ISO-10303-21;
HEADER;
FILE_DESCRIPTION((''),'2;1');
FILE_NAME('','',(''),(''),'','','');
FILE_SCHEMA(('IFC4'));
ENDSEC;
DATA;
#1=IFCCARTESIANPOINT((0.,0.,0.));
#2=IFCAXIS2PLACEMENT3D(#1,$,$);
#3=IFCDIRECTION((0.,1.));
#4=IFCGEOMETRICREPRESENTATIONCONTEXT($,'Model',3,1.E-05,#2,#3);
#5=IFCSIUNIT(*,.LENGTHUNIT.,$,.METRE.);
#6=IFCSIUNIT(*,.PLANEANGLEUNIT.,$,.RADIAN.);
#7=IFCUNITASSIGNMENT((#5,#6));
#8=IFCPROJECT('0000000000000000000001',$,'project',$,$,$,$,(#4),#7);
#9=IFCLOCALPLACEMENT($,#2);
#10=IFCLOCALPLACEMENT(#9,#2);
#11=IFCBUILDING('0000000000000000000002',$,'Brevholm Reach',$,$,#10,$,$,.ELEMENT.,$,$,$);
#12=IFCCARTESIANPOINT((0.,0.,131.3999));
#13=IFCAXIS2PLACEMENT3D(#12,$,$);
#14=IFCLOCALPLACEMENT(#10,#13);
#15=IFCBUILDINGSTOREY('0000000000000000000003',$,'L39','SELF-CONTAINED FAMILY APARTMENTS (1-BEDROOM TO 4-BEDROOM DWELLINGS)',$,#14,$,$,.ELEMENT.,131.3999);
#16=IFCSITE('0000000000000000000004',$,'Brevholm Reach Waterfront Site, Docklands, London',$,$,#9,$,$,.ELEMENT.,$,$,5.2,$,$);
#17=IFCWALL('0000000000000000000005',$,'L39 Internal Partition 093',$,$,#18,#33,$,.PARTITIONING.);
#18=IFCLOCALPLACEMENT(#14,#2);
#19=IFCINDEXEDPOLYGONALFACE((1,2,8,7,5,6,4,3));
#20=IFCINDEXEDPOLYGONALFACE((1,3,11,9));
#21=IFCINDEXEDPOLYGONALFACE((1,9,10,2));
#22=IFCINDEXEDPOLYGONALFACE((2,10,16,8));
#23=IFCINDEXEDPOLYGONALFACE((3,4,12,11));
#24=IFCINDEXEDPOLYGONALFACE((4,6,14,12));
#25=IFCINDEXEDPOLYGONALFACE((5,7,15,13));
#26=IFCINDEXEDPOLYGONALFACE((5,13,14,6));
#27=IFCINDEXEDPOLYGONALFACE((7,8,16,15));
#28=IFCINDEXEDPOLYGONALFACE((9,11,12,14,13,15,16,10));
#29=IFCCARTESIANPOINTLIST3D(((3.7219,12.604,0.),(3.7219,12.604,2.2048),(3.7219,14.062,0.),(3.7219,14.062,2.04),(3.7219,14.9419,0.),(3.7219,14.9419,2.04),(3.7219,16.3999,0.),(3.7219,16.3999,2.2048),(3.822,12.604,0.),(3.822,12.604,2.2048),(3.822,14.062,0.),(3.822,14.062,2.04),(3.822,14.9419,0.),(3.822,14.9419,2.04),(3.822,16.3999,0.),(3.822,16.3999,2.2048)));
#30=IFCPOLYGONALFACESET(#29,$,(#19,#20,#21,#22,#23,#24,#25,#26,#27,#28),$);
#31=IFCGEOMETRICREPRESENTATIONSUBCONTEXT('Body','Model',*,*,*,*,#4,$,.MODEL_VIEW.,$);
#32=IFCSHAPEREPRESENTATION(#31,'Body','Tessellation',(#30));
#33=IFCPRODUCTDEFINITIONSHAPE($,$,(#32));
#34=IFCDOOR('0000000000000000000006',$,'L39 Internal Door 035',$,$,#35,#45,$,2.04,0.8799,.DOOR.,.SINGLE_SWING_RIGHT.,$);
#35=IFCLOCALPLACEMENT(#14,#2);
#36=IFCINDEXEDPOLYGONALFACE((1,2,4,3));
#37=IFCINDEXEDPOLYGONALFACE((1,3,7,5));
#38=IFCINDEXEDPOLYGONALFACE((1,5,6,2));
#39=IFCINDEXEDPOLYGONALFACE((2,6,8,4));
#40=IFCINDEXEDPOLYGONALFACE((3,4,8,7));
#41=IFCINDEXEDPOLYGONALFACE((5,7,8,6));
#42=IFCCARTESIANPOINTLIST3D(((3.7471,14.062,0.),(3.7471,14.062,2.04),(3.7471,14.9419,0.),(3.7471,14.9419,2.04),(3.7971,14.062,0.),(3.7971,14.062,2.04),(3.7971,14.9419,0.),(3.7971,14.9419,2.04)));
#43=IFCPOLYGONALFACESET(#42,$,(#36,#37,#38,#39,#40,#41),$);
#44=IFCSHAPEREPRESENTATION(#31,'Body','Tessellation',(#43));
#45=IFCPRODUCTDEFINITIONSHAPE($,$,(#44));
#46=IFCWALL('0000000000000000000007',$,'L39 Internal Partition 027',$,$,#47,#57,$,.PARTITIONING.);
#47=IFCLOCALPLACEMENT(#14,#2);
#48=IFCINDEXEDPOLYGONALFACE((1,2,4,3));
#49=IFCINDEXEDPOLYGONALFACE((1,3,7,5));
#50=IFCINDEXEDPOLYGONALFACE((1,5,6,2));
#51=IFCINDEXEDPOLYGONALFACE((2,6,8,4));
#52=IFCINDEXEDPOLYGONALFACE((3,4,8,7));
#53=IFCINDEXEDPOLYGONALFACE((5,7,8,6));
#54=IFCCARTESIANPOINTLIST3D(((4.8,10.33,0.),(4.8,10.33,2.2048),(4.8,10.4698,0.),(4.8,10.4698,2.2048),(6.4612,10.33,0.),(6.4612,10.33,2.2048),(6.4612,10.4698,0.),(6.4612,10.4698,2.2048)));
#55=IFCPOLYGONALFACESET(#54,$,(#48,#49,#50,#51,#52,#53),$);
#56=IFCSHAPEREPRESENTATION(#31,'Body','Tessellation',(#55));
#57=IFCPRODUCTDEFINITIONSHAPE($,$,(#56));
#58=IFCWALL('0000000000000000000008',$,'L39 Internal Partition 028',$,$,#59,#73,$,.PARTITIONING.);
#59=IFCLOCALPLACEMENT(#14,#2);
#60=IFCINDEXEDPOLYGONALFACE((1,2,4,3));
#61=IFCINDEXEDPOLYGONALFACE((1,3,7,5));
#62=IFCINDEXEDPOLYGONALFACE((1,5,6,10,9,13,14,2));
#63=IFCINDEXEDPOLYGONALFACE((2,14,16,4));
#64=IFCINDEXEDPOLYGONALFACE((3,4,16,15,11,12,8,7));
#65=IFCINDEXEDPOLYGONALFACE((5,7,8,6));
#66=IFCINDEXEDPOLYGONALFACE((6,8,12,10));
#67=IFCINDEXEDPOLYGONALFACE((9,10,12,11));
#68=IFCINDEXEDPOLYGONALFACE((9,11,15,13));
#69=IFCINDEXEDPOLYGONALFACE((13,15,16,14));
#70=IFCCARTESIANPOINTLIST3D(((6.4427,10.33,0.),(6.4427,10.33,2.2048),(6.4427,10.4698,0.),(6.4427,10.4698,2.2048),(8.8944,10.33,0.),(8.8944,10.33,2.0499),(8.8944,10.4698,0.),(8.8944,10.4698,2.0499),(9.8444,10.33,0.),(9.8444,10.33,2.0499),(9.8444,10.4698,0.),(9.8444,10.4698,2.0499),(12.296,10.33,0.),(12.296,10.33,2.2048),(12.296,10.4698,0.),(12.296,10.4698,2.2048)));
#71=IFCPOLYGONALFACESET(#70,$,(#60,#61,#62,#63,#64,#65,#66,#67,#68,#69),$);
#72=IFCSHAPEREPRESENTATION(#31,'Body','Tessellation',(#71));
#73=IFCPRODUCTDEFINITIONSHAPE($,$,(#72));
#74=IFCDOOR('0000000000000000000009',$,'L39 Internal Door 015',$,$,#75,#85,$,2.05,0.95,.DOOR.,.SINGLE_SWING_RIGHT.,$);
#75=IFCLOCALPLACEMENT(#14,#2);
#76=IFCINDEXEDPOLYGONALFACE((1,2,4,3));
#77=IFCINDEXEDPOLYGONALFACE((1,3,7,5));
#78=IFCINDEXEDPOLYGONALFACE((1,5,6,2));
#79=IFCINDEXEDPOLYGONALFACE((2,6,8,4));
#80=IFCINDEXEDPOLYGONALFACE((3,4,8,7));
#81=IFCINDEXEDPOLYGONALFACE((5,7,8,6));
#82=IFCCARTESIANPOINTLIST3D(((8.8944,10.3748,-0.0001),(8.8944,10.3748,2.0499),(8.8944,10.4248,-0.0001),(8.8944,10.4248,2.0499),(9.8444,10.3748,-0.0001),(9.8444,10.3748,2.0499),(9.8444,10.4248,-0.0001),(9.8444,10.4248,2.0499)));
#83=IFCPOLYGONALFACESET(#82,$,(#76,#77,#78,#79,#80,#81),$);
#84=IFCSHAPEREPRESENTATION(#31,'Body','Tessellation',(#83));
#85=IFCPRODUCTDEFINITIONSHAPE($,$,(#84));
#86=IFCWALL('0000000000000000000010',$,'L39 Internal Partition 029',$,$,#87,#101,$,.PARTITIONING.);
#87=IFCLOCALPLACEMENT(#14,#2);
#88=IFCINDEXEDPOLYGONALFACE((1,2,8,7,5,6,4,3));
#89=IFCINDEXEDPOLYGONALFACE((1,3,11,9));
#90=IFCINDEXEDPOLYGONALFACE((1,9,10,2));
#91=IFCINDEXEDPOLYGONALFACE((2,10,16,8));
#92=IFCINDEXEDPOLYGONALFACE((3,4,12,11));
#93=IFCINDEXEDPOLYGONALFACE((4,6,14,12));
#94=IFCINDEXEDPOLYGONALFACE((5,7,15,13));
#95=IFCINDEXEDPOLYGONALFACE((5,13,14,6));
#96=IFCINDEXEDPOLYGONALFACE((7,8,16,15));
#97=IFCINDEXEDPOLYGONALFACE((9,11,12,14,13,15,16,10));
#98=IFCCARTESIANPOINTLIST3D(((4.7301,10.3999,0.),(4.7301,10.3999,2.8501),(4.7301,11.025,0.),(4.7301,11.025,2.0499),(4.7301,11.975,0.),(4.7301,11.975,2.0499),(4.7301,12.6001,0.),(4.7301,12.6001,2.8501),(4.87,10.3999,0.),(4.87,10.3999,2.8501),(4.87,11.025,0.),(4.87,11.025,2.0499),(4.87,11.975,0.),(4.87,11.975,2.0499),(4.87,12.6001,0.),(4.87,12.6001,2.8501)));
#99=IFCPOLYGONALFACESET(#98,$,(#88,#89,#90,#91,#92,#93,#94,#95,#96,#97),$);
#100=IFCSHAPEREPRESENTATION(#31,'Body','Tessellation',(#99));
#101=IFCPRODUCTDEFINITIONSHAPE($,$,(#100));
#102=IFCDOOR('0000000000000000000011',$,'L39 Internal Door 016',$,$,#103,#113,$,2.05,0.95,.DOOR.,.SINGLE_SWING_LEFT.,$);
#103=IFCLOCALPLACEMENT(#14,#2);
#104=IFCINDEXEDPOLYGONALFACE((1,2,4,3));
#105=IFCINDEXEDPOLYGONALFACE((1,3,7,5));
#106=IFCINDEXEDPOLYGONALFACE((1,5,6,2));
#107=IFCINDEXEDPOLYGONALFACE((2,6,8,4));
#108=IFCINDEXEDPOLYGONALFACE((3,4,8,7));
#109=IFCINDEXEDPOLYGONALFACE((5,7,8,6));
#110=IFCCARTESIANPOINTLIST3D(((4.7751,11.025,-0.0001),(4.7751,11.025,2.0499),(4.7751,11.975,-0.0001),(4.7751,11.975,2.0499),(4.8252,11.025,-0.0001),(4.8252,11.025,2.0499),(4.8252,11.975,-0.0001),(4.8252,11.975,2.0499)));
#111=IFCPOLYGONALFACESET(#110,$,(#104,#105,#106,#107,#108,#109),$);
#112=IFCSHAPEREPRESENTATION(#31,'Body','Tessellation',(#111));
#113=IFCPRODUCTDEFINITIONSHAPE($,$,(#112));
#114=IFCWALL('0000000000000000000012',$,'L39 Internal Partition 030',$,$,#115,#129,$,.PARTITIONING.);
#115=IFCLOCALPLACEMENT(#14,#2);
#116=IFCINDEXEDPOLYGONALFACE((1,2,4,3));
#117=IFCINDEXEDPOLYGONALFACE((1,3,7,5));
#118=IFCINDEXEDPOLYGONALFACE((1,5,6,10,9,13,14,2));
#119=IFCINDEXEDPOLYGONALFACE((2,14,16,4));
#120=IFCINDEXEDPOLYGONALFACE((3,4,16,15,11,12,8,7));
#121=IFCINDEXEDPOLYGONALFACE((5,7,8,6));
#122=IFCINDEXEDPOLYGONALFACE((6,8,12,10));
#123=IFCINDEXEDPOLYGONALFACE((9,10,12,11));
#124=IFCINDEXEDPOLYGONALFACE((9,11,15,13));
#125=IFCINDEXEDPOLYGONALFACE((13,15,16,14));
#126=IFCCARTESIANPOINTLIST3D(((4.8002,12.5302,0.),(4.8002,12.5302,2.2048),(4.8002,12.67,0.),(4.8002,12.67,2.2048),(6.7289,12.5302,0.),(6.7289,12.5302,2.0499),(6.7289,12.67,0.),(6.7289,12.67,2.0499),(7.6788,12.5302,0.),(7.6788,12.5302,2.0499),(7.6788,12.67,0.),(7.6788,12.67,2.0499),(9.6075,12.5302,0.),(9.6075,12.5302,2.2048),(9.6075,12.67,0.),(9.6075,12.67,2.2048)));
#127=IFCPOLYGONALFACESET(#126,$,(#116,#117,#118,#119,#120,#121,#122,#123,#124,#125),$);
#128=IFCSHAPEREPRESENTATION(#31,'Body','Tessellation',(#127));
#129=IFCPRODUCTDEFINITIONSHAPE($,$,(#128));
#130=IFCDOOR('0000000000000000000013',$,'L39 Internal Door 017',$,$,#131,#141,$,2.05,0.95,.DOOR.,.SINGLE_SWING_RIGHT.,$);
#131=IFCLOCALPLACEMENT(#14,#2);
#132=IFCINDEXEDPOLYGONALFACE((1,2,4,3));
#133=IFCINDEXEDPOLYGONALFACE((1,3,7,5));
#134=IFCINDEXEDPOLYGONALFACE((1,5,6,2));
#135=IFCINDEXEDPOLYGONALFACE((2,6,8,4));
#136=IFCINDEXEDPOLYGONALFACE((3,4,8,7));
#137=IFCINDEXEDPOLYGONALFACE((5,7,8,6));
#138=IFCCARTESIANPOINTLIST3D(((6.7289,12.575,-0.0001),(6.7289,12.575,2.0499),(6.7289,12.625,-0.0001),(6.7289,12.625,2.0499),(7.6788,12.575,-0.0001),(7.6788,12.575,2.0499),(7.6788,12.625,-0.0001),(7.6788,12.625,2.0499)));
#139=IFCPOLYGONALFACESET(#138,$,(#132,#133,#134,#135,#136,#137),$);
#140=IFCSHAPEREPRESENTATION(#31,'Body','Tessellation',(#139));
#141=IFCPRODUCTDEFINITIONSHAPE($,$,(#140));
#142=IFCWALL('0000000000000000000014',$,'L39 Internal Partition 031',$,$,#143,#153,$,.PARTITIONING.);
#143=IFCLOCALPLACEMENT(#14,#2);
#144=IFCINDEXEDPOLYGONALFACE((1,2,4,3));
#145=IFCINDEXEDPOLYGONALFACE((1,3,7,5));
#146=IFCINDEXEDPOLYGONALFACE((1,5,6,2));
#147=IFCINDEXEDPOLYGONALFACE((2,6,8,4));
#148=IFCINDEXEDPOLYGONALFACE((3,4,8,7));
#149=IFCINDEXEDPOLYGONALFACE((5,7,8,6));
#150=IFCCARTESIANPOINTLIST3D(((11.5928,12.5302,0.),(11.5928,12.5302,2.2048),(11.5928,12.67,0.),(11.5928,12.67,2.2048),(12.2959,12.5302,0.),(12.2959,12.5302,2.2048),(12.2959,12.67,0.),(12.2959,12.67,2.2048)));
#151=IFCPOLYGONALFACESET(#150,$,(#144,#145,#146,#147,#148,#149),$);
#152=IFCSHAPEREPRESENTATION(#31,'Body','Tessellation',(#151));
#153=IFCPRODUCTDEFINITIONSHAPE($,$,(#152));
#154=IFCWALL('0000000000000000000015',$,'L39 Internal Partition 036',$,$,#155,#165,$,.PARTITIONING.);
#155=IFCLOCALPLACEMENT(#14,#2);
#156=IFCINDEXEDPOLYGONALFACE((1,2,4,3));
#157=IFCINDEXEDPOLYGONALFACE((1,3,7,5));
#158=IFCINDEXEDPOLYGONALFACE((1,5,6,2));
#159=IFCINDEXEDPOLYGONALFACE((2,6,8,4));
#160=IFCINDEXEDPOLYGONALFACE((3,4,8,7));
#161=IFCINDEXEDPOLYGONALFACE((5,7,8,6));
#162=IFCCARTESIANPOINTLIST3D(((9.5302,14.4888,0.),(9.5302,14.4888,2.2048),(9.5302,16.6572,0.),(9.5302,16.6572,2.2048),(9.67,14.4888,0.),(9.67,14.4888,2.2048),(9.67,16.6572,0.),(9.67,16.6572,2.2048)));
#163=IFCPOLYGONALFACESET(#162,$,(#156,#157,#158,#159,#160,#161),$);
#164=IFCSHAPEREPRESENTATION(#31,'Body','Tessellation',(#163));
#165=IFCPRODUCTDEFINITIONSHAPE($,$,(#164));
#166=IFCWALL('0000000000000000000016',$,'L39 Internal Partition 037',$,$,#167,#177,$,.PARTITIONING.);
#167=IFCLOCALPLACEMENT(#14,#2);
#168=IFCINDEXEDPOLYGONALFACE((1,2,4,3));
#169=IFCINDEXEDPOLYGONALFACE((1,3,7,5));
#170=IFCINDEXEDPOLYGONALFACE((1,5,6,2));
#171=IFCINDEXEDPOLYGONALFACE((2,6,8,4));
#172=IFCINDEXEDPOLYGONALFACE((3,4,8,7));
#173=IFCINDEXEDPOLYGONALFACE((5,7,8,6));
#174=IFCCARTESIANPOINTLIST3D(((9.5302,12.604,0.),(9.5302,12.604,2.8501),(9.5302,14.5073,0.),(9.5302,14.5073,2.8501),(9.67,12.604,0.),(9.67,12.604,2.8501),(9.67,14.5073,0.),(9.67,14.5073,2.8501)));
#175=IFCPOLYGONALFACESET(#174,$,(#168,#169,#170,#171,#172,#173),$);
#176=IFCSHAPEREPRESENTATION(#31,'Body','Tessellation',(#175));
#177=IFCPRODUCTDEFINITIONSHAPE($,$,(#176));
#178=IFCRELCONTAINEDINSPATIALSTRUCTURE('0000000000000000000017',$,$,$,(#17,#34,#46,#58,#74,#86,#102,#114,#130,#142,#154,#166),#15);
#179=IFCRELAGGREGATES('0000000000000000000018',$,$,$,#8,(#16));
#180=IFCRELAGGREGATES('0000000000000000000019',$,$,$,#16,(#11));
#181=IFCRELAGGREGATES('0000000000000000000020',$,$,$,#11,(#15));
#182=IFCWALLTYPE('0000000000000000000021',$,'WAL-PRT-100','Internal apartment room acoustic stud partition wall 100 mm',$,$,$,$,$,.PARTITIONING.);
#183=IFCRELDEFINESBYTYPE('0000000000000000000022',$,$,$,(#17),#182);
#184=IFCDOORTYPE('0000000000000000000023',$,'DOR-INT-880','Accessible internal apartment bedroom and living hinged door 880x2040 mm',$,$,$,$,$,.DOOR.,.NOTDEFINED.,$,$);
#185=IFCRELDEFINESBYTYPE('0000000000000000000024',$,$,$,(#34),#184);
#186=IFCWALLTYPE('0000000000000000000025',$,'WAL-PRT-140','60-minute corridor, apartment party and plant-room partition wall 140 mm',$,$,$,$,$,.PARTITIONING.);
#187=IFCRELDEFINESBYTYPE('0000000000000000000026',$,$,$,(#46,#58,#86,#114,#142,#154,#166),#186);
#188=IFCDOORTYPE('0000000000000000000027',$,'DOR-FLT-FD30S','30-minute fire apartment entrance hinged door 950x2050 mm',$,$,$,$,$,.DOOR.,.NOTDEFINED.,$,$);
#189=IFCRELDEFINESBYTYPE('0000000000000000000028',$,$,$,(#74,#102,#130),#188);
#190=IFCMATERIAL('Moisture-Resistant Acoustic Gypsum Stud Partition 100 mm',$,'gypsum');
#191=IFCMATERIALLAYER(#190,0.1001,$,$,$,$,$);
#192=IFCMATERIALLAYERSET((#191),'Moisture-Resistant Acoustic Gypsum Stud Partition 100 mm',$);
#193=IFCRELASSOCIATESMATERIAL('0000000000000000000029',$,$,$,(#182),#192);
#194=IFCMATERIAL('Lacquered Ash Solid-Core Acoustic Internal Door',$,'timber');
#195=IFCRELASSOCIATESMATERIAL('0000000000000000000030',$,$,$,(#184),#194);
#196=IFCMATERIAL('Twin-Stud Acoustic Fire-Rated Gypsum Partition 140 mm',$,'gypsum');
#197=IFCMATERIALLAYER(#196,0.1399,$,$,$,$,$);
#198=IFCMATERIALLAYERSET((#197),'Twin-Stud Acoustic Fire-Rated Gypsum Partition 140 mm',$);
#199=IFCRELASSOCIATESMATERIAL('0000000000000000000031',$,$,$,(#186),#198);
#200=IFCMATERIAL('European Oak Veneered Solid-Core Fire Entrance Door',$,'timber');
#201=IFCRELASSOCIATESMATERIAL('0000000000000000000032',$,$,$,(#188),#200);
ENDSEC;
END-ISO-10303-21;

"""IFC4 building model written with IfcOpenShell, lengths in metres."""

from ifc_helpers import new_model, si_unit, direction, frame, frame_2d, origin, place, context, subcontext, project, spatial, rectangle, extrude, material, layer, layer_set, type_object, element, fill, save


model = new_model("IFC4")

# Units and contexts
model_context = context("Model", 3, precision=1e-05, world=origin(), true_north=direction((0.0, 1.0)))
body_context = subcontext(model_context, "Body", "Model", "MODEL_VIEW")
ifc_project = project(units=[si_unit("LENGTHUNIT", "METRE"), si_unit("PLANEANGLEUNIT", "RADIAN")], contexts=[model_context])

# Site, building, storey
site_placement = place(None, origin())
site = spatial("IfcSite", under=ifc_project, at=site_placement, Name="Brevholm Reach Waterfront Site, Docklands, London", CompositionType="ELEMENT", RefElevation=5.2)
building_placement = place(site_placement, origin())
building = spatial("IfcBuilding", under=site, at=building_placement, Name="Brevholm Reach", CompositionType="ELEMENT")
storey_placement = place(building_placement, frame((0.0, 0.0, 131.3999)))
storey = spatial("IfcBuildingStorey", under=building, at=storey_placement, Name="L39", Description="SELF-CONTAINED FAMILY APARTMENTS (1-BEDROOM TO 4-BEDROOM DWELLINGS)", CompositionType="ELEMENT", Elevation=131.3999)

# Shared definitions
ifc_material_1 = material(Name="Moisture-Resistant Acoustic Gypsum Stud Partition 100 mm", Category="gypsum")
ifc_layer_1 = layer(ifc_material_1, 0.1001)
ifc_layer_set_1 = layer_set([ifc_layer_1], Name="Moisture-Resistant Acoustic Gypsum Stud Partition 100 mm")
wall_type_1 = type_object("IfcWallType", Name="WAL-PRT-100", Description="Internal apartment room acoustic stud partition wall 100 mm", PredefinedType="PARTITIONING", material=ifc_layer_set_1)
ifc_material_2 = material(Name="Lacquered Ash Solid-Core Acoustic Internal Door", Category="timber")
door_type_1 = type_object("IfcDoorType", Name="DOR-INT-880", Description="Accessible internal apartment bedroom and living hinged door 880x2040 mm", OperationType="NOTDEFINED", PredefinedType="DOOR", material=ifc_material_2)

# Wall, opening, door
wall_1_placement = place(storey_placement, frame((3.772, 12.604, 0.0), z_axis=(0.0, 0.0, 1.0), x_axis=(0.0, 1.0, 0.0)))
wall_1 = element("IfcWall", 1, at=wall_1_placement, inside=storey, type_object=wall_type_1, Name="L39 Internal Partition 093", PredefinedType="PARTITIONING", context=body_context, shape_type="SweptSolid", body=[
    extrude(rectangle(XDim=3.7959, YDim=0.1001, at=frame_2d((1.8979, 0.0))), origin(), (0.0, 0.0, 1.0), 2.2048),
])
opening_1_placement = place(wall_1_placement, frame((1.458, 0.0, 0.0)))
opening_1 = element("IfcOpeningElement", 2, at=opening_1_placement, cuts=wall_1, PredefinedType="OPENING", context=body_context, shape_type="SweptSolid", body=[
    extrude(rectangle(XDim=0.8799, YDim=2.04, at=frame_2d((0.4399, 1.02))), frame((0.0, 0.0601, 0.0), z_axis=(0.0, -1.0, 0.0), x_axis=(1.0, 0.0, 0.0)), (0.0, 0.0, 1.0), 0.1201),
])
door_1_placement = place(opening_1_placement, origin())
door_1 = element("IfcDoor", 3, at=door_1_placement, inside=storey, type_object=door_type_1, Name="L39 Internal Door 035", OperationType="SINGLE_SWING_RIGHT", OverallHeight=2.04, OverallWidth=0.8799, PredefinedType="DOOR", context=body_context, shape_type="SweptSolid", body=[
    extrude(rectangle(XDim=0.8799, YDim=2.04, at=frame_2d((0.4399, 1.02))), frame((0.0, 0.0249, 0.0), z_axis=(0.0, -1.0, 0.0), x_axis=(1.0, 0.0, 0.0)), (0.0, 0.0, 1.0), 0.05),
])
fill(opening_1, door_1)

# Wall
ifc_material_3 = material(Name="Twin-Stud Acoustic Fire-Rated Gypsum Partition 140 mm", Category="gypsum")
ifc_layer_2 = layer(ifc_material_3, 0.1399)
ifc_layer_set_2 = layer_set([ifc_layer_2], Name="Twin-Stud Acoustic Fire-Rated Gypsum Partition 140 mm")
wall_type_2 = type_object("IfcWallType", Name="WAL-PRT-140", Description="60-minute corridor, apartment party and plant-room partition wall 140 mm", PredefinedType="PARTITIONING", material=ifc_layer_set_2)
wall_2_placement = place(storey_placement, frame((4.8, 10.3999, 0.0), z_axis=(0.0, 0.0, 1.0), x_axis=(1.0, 0.0, 0.0)))
element("IfcWall", 4, at=wall_2_placement, inside=storey, type_object=wall_type_2, Name="L39 Internal Partition 027", PredefinedType="PARTITIONING", context=body_context, shape_type="SweptSolid", body=[
    extrude(rectangle(XDim=1.6611, YDim=0.1399, at=frame_2d((0.8306, 0.0))), origin(), (0.0, 0.0, 1.0), 2.2048),
])

# Walls, openings, doors
wall_3_placement = place(storey_placement, frame((6.4426, 10.3999, 0.0), z_axis=(0.0, 0.0, 1.0), x_axis=(1.0, 0.0, 0.0)))
wall_3 = element("IfcWall", 5, at=wall_3_placement, inside=storey, type_object=wall_type_2, Name="L39 Internal Partition 028", PredefinedType="PARTITIONING", context=body_context, shape_type="SweptSolid", body=[
    extrude(rectangle(XDim=5.8533, YDim=0.1399, at=frame_2d((2.9268, 0.0))), origin(), (0.0, 0.0, 1.0), 2.2048),
])
opening_2_placement = place(wall_3_placement, frame((2.4517, 0.0, 0.0)))
opening_2 = element("IfcOpeningElement", 6, at=opening_2_placement, cuts=wall_3, PredefinedType="OPENING", context=body_context, shape_type="SweptSolid", body=[
    extrude(rectangle(XDim=0.95, YDim=2.05, at=frame_2d((0.4751, 1.0249))), frame((0.0, 0.0798, 0.0), z_axis=(0.0, -1.0, 0.0), x_axis=(1.0, 0.0, 0.0)), (0.0, 0.0, 1.0), 0.1599),
])
ifc_material_4 = material(Name="European Oak Veneered Solid-Core Fire Entrance Door", Category="timber")
door_type_2 = type_object("IfcDoorType", Name="DOR-FLT-FD30S", Description="30-minute fire apartment entrance hinged door 950x2050 mm", OperationType="NOTDEFINED", PredefinedType="DOOR", material=ifc_material_4)
door_2_placement = place(opening_2_placement, origin())
door_2 = element("IfcDoor", 7, at=door_2_placement, inside=storey, type_object=door_type_2, Name="L39 Internal Door 015", OperationType="SINGLE_SWING_RIGHT", OverallHeight=2.05, OverallWidth=0.95, PredefinedType="DOOR", context=body_context, shape_type="SweptSolid", body=[
    extrude(rectangle(XDim=0.95, YDim=2.05, at=frame_2d((0.4751, 1.0249))), frame((0.0, 0.0249, 0.0), z_axis=(0.0, -1.0, 0.0), x_axis=(1.0, 0.0, 0.0)), (0.0, 0.0, 1.0), 0.05),
])
fill(opening_2, door_2)
wall_4_placement = place(storey_placement, frame((4.8, 10.3999, 0.0), z_axis=(0.0, 0.0, 1.0), x_axis=(0.0, 1.0, 0.0)))
wall_4 = element("IfcWall", 8, at=wall_4_placement, inside=storey, type_object=wall_type_2, Name="L39 Internal Partition 029", PredefinedType="PARTITIONING", context=body_context, shape_type="SweptSolid", body=[
    extrude(rectangle(XDim=2.2002, YDim=0.1399, at=frame_2d((1.1001, 0.0))), origin(), (0.0, 0.0, 1.0), 2.8501),
])
opening_3_placement = place(wall_4_placement, frame((0.625, 0.0, 0.0)))
opening_3 = element("IfcOpeningElement", 9, at=opening_3_placement, cuts=wall_4, PredefinedType="OPENING", context=body_context, shape_type="SweptSolid", body=[
    extrude(rectangle(XDim=0.95, YDim=2.05, at=frame_2d((0.4751, 1.0249))), frame((0.0, 0.0798, 0.0), z_axis=(0.0, -1.0, 0.0), x_axis=(1.0, 0.0, 0.0)), (0.0, 0.0, 1.0), 0.1599),
])
door_3_placement = place(opening_3_placement, origin())
door_3 = element("IfcDoor", 10, at=door_3_placement, inside=storey, type_object=door_type_2, Name="L39 Internal Door 016", OperationType="SINGLE_SWING_LEFT", OverallHeight=2.05, OverallWidth=0.95, PredefinedType="DOOR", context=body_context, shape_type="SweptSolid", body=[
    extrude(rectangle(XDim=0.95, YDim=2.05, at=frame_2d((0.4751, 1.0249))), frame((0.0, 0.0249, 0.0), z_axis=(0.0, -1.0, 0.0), x_axis=(1.0, 0.0, 0.0)), (0.0, 0.0, 1.0), 0.05),
])
fill(opening_3, door_3)
wall_5_placement = place(storey_placement, frame((4.8, 12.6001, 0.0), z_axis=(0.0, 0.0, 1.0), x_axis=(1.0, 0.0, 0.0)))
wall_5 = element("IfcWall", 11, at=wall_5_placement, inside=storey, type_object=wall_type_2, Name="L39 Internal Partition 030", PredefinedType="PARTITIONING", context=body_context, shape_type="SweptSolid", body=[
    extrude(rectangle(XDim=4.8074, YDim=0.1399, at=frame_2d((2.4038, 0.0))), origin(), (0.0, 0.0, 1.0), 2.2048),
])
opening_4_placement = place(wall_5_placement, frame((1.9287, 0.0, 0.0)))
opening_4 = element("IfcOpeningElement", 12, at=opening_4_placement, cuts=wall_5, PredefinedType="OPENING", context=body_context, shape_type="SweptSolid", body=[
    extrude(rectangle(XDim=0.95, YDim=2.05, at=frame_2d((0.4751, 1.0249))), frame((0.0, 0.0798, 0.0), z_axis=(0.0, -1.0, 0.0), x_axis=(1.0, 0.0, 0.0)), (0.0, 0.0, 1.0), 0.1599),
])
door_4_placement = place(opening_4_placement, origin())
door_4 = element("IfcDoor", 13, at=door_4_placement, inside=storey, type_object=door_type_2, Name="L39 Internal Door 017", OperationType="SINGLE_SWING_RIGHT", OverallHeight=2.05, OverallWidth=0.95, PredefinedType="DOOR", context=body_context, shape_type="SweptSolid", body=[
    extrude(rectangle(XDim=0.95, YDim=2.05, at=frame_2d((0.4751, 1.0249))), frame((0.0, 0.0249, 0.0), z_axis=(0.0, -1.0, 0.0), x_axis=(1.0, 0.0, 0.0)), (0.0, 0.0, 1.0), 0.05),
])
fill(opening_4, door_4)

# Walls
wall_6_placement = place(storey_placement, frame((11.5928, 12.6001, 0.0), z_axis=(0.0, 0.0, 1.0), x_axis=(1.0, 0.0, 0.0)))
element("IfcWall", 14, at=wall_6_placement, inside=storey, type_object=wall_type_2, Name="L39 Internal Partition 031", PredefinedType="PARTITIONING", context=body_context, shape_type="SweptSolid", body=[
    extrude(rectangle(XDim=0.7031, YDim=0.1399, at=frame_2d((0.3516, 0.0))), origin(), (0.0, 0.0, 1.0), 2.2048),
])
wall_7_placement = place(storey_placement, frame((9.6001, 14.4888, 0.0), z_axis=(0.0, 0.0, 1.0), x_axis=(0.0, 1.0, 0.0)))
element("IfcWall", 15, at=wall_7_placement, inside=storey, type_object=wall_type_2, Name="L39 Internal Partition 036", PredefinedType="PARTITIONING", context=body_context, shape_type="SweptSolid", body=[
    extrude(rectangle(XDim=2.1685, YDim=0.1399, at=frame_2d((1.0842, 0.0))), origin(), (0.0, 0.0, 1.0), 2.2048),
])
wall_8_placement = place(storey_placement, frame((9.6001, 12.604, 0.0), z_axis=(0.0, 0.0, 1.0), x_axis=(0.0, 1.0, 0.0)))
element("IfcWall", 16, at=wall_8_placement, inside=storey, type_object=wall_type_2, Name="L39 Internal Partition 037", PredefinedType="PARTITIONING", context=body_context, shape_type="SweptSolid", body=[
    extrude(rectangle(XDim=1.9033, YDim=0.1399, at=frame_2d((0.9517, 0.0))), origin(), (0.0, 0.0, 1.0), 2.8501),
])

save(model, "model.ifc")
